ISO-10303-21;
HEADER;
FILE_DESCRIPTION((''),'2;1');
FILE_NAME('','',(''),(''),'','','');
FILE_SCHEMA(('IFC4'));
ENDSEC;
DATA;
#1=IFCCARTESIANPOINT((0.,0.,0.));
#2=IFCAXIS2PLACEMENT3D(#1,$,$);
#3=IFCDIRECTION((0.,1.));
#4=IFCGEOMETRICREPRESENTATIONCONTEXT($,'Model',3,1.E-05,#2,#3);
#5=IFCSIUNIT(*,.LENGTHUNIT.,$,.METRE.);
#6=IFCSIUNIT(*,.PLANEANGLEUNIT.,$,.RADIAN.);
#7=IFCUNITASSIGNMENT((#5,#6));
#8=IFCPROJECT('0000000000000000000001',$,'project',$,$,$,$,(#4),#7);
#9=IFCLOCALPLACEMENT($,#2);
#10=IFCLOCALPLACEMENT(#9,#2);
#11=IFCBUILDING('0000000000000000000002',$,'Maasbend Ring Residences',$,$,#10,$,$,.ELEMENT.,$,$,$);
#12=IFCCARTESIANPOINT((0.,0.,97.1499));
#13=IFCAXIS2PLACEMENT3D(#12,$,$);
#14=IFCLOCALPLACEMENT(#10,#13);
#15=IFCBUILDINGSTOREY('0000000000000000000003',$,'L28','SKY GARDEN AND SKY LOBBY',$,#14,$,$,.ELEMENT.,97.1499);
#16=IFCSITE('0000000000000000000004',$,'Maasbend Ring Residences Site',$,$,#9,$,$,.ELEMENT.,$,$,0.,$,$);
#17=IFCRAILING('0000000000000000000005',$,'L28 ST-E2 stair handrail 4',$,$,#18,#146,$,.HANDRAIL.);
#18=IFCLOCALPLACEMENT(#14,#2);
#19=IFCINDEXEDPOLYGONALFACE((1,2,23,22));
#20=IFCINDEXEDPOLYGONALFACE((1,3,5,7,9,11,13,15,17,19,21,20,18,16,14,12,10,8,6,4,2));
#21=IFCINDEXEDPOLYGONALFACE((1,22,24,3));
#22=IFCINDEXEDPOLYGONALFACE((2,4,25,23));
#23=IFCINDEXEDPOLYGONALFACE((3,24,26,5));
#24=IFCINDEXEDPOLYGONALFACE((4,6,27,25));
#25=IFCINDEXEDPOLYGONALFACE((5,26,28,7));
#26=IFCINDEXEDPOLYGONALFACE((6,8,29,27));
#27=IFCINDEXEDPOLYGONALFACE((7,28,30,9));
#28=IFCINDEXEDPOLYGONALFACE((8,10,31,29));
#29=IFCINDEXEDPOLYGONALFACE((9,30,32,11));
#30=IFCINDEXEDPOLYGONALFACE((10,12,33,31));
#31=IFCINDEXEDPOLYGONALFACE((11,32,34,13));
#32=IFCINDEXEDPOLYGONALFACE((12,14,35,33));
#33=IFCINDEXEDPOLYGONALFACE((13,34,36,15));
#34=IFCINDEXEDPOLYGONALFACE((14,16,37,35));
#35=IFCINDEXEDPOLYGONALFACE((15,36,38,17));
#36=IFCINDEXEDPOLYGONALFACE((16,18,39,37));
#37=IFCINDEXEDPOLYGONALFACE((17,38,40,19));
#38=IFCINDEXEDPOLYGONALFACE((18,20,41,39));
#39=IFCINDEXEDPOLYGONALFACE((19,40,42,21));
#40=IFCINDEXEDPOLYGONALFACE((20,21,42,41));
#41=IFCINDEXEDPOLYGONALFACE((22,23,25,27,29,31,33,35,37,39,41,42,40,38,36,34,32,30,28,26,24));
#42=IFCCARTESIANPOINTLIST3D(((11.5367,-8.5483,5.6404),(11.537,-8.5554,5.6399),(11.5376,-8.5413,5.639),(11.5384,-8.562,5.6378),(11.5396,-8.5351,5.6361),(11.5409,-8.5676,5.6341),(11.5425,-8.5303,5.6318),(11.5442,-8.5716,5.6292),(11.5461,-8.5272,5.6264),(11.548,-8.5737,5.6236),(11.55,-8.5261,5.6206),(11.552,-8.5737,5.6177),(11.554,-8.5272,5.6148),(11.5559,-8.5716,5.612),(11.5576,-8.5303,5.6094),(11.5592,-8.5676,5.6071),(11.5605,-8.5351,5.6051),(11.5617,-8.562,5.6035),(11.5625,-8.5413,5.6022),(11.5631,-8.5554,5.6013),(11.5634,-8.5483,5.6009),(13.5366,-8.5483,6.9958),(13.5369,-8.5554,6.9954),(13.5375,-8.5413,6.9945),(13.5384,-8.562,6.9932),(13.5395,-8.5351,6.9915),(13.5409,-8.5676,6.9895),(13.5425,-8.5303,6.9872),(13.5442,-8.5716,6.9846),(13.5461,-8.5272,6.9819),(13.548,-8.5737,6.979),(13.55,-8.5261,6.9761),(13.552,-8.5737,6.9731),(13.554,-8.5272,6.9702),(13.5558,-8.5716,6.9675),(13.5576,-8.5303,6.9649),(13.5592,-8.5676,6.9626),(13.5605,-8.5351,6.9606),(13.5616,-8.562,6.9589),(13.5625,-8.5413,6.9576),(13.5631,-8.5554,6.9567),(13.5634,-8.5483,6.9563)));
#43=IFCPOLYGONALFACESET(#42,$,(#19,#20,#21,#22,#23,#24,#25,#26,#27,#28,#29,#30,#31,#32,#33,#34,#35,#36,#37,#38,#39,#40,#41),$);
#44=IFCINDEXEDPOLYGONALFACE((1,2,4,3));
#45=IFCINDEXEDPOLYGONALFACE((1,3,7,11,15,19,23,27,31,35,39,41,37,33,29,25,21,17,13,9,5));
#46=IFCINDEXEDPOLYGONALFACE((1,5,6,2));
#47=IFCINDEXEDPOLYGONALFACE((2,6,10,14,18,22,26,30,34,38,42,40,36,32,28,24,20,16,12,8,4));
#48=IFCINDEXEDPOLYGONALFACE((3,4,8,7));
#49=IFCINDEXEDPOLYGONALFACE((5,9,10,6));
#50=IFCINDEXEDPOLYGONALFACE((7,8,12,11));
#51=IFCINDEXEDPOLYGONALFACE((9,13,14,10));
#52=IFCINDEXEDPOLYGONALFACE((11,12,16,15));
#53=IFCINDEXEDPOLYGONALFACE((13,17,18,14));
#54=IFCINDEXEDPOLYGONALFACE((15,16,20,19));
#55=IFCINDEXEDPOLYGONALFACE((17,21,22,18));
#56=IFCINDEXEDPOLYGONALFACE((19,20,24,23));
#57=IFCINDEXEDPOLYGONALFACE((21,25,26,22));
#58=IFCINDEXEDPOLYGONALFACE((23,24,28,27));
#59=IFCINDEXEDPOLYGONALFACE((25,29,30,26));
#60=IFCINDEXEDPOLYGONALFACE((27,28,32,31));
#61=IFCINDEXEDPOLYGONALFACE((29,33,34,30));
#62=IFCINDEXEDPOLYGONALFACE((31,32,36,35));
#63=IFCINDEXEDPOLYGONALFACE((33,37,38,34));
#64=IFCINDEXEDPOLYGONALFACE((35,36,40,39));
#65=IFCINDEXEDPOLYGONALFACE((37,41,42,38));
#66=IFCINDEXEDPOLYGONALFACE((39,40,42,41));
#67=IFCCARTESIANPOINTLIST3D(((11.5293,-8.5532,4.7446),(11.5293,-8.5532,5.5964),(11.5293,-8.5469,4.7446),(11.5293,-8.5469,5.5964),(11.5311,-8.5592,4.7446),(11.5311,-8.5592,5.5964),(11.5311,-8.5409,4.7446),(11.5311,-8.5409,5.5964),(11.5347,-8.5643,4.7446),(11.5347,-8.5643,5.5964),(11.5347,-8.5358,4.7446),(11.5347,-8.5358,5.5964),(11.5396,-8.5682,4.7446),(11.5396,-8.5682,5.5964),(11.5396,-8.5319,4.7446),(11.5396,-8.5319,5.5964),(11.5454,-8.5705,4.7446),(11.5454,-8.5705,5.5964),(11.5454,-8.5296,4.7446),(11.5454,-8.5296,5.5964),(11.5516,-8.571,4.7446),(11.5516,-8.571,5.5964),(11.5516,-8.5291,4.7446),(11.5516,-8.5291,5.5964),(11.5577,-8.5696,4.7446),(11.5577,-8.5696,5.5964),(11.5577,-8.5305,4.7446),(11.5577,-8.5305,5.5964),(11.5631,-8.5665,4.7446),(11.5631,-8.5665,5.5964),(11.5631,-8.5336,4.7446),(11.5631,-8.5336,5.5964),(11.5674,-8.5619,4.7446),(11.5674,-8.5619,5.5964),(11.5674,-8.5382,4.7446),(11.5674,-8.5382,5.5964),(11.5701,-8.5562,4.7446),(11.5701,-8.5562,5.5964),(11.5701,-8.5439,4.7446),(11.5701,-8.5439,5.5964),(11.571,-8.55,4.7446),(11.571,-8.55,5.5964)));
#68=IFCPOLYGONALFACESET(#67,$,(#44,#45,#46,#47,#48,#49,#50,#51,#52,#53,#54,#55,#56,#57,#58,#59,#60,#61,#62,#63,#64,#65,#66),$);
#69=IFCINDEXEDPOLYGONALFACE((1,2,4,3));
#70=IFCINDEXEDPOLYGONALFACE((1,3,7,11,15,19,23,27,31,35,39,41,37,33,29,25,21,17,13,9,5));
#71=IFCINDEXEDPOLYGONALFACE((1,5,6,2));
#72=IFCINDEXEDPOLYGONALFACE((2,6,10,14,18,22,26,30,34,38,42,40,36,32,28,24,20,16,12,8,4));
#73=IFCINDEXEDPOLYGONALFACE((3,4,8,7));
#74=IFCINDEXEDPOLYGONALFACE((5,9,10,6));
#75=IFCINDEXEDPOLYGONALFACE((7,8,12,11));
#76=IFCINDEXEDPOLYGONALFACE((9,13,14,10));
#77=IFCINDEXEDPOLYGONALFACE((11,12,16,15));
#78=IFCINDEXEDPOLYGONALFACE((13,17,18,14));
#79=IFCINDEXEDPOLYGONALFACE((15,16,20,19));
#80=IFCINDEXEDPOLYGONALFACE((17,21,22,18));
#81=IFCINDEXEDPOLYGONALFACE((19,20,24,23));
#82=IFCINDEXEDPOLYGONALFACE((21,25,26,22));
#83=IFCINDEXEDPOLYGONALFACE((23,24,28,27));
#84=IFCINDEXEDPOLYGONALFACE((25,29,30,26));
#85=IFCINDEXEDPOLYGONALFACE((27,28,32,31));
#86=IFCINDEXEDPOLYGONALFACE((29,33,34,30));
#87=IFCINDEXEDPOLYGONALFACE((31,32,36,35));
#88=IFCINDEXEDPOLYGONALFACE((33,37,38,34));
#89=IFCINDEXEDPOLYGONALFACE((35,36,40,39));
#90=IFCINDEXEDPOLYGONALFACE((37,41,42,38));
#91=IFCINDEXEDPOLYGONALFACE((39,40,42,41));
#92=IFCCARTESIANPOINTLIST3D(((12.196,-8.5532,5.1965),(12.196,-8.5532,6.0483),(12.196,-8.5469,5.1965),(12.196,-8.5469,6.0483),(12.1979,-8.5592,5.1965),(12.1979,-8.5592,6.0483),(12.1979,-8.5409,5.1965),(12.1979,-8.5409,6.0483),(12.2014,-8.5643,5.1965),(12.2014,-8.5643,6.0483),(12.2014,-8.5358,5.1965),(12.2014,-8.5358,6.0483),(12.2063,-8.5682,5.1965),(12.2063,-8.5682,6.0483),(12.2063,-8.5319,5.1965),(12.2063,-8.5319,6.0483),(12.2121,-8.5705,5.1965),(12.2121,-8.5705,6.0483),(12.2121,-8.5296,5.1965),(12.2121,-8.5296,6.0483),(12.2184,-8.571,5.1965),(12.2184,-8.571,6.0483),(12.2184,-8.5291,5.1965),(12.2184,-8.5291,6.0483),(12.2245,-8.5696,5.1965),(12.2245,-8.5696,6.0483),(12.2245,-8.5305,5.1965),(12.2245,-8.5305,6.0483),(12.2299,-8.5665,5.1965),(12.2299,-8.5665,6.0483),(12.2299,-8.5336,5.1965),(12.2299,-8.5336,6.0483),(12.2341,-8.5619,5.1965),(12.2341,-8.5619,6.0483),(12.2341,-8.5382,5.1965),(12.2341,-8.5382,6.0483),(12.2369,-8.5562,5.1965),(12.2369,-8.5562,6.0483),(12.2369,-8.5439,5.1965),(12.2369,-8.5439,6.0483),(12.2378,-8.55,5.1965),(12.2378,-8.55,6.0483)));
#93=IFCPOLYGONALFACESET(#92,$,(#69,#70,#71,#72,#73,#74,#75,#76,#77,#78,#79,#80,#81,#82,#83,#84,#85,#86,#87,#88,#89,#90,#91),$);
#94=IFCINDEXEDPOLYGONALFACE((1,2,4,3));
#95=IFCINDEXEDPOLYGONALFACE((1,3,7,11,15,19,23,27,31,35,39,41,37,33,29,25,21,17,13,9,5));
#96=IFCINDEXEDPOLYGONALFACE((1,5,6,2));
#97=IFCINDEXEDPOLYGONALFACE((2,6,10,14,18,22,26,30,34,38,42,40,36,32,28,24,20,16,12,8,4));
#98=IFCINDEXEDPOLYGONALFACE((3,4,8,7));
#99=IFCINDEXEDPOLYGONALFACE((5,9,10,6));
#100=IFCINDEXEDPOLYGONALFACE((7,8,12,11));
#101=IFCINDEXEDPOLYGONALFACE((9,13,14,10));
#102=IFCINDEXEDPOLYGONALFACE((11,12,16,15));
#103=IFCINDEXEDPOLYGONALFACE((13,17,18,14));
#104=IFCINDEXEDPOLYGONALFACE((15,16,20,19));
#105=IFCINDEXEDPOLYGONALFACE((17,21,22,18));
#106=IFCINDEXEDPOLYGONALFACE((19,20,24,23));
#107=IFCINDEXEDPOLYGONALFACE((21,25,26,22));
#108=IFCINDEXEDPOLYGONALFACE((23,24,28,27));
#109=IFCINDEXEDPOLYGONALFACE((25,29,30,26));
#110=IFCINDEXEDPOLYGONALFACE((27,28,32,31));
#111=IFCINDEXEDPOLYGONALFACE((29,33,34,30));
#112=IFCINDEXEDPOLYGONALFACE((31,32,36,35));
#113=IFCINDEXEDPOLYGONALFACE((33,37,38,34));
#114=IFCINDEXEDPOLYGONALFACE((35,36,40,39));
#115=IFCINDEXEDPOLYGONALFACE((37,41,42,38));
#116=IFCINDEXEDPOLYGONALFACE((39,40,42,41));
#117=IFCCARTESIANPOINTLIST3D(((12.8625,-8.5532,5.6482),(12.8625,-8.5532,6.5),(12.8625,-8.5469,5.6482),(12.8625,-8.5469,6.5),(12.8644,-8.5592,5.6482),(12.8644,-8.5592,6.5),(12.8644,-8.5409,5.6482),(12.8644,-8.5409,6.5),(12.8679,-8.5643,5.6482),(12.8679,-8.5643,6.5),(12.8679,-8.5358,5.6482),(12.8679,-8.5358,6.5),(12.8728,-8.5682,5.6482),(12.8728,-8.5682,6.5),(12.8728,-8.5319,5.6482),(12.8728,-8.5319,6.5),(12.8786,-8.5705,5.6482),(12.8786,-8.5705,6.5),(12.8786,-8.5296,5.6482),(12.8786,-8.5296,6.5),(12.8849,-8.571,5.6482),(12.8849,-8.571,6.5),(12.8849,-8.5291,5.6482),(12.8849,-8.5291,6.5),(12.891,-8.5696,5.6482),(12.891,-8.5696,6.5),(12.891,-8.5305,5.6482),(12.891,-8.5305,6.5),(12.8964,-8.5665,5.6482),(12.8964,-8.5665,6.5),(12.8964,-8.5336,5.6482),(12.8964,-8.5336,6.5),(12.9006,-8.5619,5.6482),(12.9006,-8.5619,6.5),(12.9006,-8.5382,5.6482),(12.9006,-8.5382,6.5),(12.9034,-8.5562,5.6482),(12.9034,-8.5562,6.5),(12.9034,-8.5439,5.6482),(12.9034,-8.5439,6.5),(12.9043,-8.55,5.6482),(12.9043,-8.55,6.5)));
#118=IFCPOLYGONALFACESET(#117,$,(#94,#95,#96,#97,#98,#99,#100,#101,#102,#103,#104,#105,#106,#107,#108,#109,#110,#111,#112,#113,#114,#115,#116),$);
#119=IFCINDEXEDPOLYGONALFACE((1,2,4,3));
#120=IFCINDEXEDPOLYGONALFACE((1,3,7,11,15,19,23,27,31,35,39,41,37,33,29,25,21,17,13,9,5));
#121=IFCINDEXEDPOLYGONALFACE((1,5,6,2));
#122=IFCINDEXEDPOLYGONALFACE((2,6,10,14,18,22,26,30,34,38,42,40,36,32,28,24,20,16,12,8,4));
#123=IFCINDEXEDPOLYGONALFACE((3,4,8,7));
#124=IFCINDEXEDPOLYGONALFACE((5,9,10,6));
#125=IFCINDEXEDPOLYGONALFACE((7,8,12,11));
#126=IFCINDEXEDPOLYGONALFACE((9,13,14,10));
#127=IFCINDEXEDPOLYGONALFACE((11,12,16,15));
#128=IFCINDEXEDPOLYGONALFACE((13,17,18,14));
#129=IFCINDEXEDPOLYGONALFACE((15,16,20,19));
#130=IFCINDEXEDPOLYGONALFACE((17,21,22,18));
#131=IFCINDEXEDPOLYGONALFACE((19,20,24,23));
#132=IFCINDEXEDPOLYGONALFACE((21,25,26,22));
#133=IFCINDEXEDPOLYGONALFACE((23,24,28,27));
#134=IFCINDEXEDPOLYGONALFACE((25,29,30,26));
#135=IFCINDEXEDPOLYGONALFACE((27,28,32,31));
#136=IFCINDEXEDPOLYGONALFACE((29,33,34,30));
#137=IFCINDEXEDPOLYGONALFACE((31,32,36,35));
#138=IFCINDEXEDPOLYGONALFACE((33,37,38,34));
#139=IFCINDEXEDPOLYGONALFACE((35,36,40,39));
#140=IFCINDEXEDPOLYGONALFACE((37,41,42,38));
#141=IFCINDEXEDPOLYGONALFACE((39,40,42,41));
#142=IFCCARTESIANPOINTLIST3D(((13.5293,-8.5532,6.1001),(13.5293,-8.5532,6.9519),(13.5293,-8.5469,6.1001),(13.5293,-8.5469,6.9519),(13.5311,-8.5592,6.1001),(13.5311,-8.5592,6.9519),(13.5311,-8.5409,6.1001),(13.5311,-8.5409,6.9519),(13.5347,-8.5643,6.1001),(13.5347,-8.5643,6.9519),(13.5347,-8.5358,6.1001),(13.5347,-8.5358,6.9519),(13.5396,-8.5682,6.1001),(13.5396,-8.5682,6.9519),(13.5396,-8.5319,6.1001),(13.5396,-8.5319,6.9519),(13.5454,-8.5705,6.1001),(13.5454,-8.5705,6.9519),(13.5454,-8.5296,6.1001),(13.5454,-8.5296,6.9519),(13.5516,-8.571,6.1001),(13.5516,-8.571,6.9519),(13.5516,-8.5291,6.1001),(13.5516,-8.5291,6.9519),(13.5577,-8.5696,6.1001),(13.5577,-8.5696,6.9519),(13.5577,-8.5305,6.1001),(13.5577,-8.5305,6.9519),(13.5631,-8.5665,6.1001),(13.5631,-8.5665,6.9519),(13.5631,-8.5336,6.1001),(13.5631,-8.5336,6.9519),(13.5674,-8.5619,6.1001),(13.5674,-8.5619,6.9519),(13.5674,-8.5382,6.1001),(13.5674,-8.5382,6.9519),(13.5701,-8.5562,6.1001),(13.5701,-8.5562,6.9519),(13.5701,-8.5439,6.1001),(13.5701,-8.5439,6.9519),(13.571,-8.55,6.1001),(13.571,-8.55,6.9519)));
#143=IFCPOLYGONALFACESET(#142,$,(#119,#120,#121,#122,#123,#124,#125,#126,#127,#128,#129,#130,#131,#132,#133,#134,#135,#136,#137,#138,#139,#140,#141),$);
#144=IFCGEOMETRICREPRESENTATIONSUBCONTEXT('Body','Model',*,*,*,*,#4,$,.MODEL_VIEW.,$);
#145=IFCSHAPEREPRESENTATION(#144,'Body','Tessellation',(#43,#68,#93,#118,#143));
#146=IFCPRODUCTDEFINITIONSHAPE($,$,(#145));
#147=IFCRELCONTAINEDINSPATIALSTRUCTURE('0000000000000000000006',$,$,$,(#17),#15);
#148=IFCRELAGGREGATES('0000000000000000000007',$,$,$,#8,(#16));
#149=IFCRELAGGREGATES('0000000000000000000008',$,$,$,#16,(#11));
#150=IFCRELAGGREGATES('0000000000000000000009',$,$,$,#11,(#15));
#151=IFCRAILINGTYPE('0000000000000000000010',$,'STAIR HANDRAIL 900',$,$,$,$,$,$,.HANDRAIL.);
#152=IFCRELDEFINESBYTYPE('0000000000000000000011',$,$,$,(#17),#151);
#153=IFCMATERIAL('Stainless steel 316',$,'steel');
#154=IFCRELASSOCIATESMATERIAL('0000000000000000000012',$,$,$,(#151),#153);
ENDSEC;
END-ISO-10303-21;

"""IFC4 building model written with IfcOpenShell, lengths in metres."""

from ifc_helpers import new_model, si_unit, direction, frame, origin, origin_2d, place, context, subcontext, project, spatial, circle, extrude, material, type_object, element, save


model = new_model("IFC4")

# Units and contexts
model_context = context("Model", 3, precision=1e-05, world=origin(), true_north=direction((0.0, 1.0)))
body_context = subcontext(model_context, "Body", "Model", "MODEL_VIEW")
ifc_project = project(units=[si_unit("LENGTHUNIT", "METRE"), si_unit("PLANEANGLEUNIT", "RADIAN")], contexts=[model_context])

# Site, building, storey
site_placement = place(None, origin())
site = spatial("IfcSite", under=ifc_project, at=site_placement, Name="Maasbend Ring Residences Site", CompositionType="ELEMENT", RefElevation=0.0)
building_placement = place(site_placement, origin())
building = spatial("IfcBuilding", under=site, at=building_placement, Name="Maasbend Ring Residences", CompositionType="ELEMENT")
storey_placement = place(building_placement, frame((0.0, 0.0, 97.1499)))
storey = spatial("IfcBuildingStorey", under=building, at=storey_placement, Name="L28", Description="SKY GARDEN AND SKY LOBBY", CompositionType="ELEMENT", Elevation=97.1499)

# Railing
ifc_material_1 = material(Name="Stainless steel 316", Category="steel")
railing_type = type_object("IfcRailingType", Name="STAIR HANDRAIL 900", PredefinedType="HANDRAIL", material=ifc_material_1)
for number, where, name in (
    (1, (11.55, -8.55, 4.7446), "L28 ST-E2 stair handrail 4"),
):
    element("IfcRailing", number, at=place(storey_placement, frame(where)), inside=storey, type_object=railing_type, Name=name, PredefinedType="HANDRAIL", context=body_context, shape_type="SweptSolid", body=[
        extrude(circle(Radius=0.0239, at=origin_2d()), frame((0.0, 0.0, 0.876), z_axis=(0.827798, 0.0, 0.561027), x_axis=(0.0, 1.0, 0.0)), (0.0, 0.0, 1.0), 2.416),
        extrude(circle(Radius=0.021, at=origin_2d()), origin(), (0.0, 0.0, 1.0), 0.8518),
        extrude(circle(Radius=0.021, at=origin_2d()), frame((0.6667, 0.0, 0.4519)), (0.0, 0.0, 1.0), 0.8518),
        extrude(circle(Radius=0.021, at=origin_2d()), frame((1.3333, 0.0, 0.9036)), (0.0, 0.0, 1.0), 0.8518),
        extrude(circle(Radius=0.021, at=origin_2d()), frame((2.0, 0.0, 1.3555)), (0.0, 0.0, 1.0), 0.8518),
    ])

save(model, "model.ifc")
